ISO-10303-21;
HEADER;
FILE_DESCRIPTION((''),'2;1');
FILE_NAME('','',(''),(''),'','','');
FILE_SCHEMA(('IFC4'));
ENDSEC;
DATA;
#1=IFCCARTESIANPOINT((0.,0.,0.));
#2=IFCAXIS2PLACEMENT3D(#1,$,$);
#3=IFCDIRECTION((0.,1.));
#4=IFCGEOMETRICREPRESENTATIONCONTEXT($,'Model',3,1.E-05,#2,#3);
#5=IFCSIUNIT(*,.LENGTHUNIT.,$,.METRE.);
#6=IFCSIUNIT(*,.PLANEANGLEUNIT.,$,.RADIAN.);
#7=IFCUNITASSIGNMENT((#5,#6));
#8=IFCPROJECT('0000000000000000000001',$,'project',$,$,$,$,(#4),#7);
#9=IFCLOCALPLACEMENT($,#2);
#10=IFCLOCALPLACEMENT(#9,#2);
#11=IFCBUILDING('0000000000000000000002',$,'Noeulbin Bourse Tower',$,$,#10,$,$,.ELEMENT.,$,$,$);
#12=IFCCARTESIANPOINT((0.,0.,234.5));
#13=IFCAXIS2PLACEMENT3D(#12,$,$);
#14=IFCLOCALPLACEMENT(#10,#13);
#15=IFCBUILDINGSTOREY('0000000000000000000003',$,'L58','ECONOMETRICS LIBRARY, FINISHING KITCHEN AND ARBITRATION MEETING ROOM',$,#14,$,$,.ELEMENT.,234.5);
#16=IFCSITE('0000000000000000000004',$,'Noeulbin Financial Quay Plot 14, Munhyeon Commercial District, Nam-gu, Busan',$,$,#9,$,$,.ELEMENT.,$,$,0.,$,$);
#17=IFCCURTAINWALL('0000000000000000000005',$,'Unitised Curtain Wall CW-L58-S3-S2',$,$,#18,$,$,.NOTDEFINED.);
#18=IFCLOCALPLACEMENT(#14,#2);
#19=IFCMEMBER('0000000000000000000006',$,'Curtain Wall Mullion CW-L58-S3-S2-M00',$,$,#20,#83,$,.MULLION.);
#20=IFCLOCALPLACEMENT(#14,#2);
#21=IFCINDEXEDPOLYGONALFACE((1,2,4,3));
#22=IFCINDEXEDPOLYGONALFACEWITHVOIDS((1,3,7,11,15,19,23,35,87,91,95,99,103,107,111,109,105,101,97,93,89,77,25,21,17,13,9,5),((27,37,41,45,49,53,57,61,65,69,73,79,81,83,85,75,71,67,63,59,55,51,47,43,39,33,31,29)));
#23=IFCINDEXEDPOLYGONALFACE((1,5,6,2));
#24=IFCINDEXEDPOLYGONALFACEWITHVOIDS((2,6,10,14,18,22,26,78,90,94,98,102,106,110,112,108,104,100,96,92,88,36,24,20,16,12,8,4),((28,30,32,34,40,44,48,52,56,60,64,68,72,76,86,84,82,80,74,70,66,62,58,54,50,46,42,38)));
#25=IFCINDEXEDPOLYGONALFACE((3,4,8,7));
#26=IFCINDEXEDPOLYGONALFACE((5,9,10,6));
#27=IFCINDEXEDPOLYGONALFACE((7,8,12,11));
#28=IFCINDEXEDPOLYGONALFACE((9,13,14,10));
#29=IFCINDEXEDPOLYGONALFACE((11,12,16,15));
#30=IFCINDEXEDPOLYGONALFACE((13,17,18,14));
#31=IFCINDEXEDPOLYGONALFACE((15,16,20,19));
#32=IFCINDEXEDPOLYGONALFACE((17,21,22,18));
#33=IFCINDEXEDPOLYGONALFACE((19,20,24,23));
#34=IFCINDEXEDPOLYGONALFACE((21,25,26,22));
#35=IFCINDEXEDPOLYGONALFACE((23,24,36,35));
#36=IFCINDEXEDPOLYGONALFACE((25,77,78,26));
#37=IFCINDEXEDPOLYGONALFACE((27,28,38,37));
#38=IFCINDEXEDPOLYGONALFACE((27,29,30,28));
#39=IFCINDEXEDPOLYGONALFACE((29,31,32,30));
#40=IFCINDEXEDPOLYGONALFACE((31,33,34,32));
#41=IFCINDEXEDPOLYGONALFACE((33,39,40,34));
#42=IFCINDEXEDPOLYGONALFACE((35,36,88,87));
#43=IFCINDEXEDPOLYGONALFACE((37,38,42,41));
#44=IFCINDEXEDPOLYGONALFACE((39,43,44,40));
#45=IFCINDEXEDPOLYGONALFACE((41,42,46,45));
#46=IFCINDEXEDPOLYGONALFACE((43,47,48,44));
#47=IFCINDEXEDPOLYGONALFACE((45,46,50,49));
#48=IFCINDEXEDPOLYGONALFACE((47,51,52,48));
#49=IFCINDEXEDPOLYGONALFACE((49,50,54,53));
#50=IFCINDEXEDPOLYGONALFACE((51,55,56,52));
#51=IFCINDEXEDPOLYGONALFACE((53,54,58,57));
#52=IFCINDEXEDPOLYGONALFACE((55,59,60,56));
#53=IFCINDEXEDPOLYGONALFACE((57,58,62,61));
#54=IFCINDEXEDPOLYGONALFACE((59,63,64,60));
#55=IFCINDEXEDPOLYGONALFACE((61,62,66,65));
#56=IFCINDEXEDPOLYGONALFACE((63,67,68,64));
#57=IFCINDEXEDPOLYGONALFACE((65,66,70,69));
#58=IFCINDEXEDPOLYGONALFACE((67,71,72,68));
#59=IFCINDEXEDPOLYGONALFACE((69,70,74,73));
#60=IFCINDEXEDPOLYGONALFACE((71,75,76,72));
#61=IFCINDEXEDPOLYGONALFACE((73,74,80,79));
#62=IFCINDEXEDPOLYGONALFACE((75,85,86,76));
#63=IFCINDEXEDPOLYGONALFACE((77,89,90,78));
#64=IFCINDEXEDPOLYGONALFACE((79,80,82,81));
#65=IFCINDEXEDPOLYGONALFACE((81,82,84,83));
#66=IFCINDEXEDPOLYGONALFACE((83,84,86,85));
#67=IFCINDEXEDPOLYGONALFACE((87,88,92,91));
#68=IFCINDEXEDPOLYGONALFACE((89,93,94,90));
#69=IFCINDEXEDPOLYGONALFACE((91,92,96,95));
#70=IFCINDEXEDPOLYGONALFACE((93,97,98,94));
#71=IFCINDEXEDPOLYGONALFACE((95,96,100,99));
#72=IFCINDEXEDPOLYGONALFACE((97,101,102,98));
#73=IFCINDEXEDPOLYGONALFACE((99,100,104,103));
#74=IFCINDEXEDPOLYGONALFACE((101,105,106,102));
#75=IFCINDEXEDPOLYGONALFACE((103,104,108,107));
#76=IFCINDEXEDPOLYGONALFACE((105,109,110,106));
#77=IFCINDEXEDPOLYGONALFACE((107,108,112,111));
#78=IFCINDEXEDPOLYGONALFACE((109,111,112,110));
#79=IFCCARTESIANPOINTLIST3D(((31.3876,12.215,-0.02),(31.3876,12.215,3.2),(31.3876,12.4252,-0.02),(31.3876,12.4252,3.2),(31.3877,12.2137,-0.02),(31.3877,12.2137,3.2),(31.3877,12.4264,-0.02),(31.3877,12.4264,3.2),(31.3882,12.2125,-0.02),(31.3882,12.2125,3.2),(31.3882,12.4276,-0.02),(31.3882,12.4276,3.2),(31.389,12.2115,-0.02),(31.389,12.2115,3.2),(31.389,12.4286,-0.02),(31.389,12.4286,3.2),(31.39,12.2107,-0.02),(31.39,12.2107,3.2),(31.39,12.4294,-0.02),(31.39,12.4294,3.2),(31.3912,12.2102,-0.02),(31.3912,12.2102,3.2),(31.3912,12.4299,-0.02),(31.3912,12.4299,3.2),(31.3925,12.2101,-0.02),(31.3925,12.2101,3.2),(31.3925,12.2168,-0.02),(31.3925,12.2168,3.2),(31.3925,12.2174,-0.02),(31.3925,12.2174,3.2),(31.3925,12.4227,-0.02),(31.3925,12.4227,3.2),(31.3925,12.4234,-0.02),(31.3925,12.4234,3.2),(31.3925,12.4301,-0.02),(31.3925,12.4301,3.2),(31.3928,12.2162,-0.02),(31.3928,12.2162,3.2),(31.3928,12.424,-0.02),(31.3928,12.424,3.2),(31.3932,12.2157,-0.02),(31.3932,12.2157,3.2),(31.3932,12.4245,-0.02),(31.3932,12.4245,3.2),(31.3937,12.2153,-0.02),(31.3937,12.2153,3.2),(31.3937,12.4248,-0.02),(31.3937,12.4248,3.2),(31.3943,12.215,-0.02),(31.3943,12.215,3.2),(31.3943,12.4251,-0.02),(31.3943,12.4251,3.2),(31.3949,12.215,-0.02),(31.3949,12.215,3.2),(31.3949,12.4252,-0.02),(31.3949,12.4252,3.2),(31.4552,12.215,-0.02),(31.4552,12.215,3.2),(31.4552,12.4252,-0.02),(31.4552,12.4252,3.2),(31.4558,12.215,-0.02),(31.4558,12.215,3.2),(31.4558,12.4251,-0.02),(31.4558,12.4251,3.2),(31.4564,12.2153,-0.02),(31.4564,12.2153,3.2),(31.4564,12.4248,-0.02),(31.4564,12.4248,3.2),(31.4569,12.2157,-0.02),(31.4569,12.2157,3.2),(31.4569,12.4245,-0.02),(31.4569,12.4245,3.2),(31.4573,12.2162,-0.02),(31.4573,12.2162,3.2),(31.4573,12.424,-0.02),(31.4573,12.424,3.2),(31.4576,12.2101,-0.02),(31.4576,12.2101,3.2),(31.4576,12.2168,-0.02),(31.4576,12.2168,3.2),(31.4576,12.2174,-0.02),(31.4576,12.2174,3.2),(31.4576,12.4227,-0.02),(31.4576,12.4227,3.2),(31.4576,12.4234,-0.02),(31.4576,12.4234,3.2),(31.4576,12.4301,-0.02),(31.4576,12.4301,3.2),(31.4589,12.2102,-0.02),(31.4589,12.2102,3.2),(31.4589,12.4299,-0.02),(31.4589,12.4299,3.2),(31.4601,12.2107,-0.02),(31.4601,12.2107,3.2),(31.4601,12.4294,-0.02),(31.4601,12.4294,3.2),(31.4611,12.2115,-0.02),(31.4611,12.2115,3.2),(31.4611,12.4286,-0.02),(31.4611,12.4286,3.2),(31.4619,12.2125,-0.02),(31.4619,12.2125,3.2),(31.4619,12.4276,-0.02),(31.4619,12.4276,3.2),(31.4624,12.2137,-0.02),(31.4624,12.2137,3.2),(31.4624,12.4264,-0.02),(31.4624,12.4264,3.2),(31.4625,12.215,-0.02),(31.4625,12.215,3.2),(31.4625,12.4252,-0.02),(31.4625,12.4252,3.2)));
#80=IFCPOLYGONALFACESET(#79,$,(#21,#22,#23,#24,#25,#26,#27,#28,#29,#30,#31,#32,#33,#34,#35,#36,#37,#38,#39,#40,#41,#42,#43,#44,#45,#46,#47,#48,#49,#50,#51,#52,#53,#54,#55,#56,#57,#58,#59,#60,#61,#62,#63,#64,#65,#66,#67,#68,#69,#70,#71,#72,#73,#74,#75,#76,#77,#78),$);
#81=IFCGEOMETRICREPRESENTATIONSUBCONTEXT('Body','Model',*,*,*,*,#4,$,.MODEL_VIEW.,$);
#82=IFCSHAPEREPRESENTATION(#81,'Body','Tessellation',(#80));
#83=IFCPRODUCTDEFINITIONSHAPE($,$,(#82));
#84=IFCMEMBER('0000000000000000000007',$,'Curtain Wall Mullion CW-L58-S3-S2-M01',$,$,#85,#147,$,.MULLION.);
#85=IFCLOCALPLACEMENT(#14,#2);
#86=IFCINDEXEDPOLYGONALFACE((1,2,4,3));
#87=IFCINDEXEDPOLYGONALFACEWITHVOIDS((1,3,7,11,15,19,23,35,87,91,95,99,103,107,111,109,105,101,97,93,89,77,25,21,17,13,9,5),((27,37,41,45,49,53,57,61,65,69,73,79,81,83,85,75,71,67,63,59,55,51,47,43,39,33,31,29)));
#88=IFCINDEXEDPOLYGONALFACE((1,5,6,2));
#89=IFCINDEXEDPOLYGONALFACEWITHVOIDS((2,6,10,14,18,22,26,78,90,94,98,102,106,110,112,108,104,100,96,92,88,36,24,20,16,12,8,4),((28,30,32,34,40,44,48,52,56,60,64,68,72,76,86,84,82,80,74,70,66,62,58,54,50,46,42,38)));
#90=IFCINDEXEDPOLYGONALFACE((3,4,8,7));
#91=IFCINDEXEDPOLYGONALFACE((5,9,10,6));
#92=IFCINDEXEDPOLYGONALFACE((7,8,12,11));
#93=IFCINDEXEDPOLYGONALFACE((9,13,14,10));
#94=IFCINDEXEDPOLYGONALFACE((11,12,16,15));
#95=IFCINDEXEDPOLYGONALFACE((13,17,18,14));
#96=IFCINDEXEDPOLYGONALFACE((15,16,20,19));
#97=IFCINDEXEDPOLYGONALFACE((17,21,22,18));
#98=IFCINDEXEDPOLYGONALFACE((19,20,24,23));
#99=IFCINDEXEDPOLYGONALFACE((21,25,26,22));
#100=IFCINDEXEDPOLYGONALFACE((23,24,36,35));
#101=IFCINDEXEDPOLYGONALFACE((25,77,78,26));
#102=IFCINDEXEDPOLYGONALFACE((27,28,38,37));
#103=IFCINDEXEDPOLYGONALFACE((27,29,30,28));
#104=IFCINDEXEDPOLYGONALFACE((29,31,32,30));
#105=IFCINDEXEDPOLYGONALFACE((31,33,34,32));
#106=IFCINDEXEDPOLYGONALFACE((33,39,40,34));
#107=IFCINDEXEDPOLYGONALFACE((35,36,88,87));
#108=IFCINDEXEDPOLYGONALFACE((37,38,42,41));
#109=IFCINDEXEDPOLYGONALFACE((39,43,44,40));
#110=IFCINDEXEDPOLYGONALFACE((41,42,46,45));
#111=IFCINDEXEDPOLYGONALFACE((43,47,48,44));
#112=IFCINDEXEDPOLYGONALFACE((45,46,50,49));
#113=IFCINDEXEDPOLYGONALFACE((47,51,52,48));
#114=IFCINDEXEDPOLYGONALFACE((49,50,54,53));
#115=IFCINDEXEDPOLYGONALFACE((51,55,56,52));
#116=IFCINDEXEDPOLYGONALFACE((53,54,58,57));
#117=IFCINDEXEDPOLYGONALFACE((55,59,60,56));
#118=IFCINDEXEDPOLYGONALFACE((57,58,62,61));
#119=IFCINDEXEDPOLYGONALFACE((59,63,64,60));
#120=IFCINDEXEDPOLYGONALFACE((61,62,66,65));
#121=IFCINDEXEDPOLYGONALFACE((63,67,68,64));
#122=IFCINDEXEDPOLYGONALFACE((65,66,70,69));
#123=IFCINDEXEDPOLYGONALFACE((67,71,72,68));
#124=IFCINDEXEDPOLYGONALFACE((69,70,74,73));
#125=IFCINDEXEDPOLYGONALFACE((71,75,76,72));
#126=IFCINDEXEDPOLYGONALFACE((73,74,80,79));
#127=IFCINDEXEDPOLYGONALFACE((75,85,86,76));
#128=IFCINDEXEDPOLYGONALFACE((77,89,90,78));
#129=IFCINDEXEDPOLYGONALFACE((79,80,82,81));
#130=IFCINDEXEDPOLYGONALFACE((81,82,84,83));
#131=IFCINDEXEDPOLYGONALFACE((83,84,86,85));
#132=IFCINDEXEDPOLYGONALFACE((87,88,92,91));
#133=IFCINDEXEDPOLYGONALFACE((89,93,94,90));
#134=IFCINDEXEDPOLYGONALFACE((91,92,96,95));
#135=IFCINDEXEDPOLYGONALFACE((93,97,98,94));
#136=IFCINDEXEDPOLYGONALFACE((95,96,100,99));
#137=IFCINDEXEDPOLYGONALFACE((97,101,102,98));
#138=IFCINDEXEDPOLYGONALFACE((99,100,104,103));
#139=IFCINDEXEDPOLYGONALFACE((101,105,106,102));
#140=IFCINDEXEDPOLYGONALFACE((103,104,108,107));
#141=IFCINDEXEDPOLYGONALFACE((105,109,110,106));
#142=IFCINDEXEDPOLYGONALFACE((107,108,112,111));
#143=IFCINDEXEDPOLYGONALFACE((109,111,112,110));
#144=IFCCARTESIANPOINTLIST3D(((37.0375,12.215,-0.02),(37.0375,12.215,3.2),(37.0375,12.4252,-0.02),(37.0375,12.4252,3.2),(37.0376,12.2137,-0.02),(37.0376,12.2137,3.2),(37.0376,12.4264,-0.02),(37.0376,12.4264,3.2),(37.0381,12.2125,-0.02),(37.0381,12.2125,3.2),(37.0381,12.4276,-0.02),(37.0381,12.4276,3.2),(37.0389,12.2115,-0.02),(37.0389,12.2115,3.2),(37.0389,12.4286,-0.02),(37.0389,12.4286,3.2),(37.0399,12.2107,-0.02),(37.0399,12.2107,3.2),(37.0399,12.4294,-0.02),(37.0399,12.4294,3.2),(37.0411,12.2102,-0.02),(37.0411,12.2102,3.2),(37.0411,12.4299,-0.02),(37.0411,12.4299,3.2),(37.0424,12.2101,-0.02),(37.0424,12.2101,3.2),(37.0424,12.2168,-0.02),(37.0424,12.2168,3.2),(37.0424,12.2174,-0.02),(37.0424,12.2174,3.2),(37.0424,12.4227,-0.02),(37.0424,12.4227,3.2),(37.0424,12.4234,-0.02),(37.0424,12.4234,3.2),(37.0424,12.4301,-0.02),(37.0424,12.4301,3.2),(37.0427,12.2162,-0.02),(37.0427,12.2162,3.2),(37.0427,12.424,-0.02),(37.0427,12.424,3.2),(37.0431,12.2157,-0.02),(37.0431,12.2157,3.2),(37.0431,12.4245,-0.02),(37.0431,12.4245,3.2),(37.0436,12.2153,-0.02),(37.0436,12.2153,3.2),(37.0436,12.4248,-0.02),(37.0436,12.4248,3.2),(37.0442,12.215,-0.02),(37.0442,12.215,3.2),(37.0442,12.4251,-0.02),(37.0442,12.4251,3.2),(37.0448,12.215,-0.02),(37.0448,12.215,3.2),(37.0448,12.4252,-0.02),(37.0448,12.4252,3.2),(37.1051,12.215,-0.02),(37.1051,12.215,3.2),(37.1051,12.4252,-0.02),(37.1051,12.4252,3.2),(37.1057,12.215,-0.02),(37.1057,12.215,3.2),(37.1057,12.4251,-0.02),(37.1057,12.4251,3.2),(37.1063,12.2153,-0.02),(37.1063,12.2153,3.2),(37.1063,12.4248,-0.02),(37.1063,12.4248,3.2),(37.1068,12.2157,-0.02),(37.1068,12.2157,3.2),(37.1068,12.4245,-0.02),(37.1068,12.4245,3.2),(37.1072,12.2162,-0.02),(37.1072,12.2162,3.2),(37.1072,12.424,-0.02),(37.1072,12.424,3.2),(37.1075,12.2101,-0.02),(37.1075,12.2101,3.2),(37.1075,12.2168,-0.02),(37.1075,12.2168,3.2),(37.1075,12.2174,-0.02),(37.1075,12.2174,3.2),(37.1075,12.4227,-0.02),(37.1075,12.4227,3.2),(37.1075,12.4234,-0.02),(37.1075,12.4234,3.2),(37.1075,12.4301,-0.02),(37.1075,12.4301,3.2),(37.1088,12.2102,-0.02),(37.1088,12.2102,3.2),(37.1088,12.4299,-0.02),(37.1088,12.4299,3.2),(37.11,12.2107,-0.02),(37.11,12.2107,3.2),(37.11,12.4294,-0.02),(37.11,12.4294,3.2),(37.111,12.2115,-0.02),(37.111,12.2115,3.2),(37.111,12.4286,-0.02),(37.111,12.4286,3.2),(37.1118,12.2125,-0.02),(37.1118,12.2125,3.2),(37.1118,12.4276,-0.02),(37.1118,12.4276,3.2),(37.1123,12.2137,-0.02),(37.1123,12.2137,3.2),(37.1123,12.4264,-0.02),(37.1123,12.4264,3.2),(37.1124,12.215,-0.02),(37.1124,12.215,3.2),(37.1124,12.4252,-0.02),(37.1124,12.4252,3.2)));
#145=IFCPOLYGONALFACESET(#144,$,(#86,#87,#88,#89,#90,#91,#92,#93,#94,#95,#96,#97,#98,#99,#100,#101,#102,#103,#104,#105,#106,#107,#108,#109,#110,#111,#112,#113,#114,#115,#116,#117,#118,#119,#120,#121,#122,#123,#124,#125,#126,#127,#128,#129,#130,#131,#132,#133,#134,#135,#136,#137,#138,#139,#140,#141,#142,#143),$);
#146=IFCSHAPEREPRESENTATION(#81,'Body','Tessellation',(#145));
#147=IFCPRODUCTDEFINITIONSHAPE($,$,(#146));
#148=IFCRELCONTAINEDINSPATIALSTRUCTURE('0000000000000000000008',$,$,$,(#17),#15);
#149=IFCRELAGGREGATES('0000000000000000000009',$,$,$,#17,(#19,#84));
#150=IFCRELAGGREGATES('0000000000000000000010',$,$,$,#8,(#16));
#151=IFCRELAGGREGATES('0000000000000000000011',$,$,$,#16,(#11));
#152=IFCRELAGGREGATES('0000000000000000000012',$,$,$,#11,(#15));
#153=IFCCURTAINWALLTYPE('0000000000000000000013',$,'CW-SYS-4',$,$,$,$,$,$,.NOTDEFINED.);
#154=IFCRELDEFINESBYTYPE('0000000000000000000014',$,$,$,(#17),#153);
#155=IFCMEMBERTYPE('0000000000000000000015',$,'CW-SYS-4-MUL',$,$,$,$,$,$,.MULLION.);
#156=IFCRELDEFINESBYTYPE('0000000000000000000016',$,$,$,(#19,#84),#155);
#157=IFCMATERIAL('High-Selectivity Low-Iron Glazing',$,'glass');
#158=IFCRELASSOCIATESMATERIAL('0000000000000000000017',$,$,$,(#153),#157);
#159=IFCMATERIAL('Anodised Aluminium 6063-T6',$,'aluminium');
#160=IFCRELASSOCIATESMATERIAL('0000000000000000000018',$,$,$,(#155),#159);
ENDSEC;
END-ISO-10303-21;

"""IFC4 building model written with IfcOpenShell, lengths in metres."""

from ifc_helpers import new_model, si_unit, direction, frame, origin, origin_2d, place, context, subcontext, project, spatial, hollow_rectangle, extrude, material, material_profile, profile_set, type_object, element, aggregate, save


model = new_model("IFC4")

# Units and contexts
model_context = context("Model", 3, precision=1e-05, world=origin(), true_north=direction((0.0, 1.0)))
body_context = subcontext(model_context, "Body", "Model", "MODEL_VIEW")
ifc_project = project(units=[si_unit("LENGTHUNIT", "METRE"), si_unit("PLANEANGLEUNIT", "RADIAN")], contexts=[model_context])

# Site, building, storey
site_placement = place(None, origin())
site = spatial("IfcSite", under=ifc_project, at=site_placement, Name="Noeulbin Financial Quay Plot 14, Munhyeon Commercial District, Nam-gu, Busan", CompositionType="ELEMENT", RefElevation=0.0)
building_placement = place(site_placement, origin())
building = spatial("IfcBuilding", under=site, at=building_placement, Name="Noeulbin Bourse Tower", CompositionType="ELEMENT")
storey_placement = place(building_placement, frame((0.0, 0.0, 234.5)))
storey = spatial("IfcBuildingStorey", under=building, at=storey_placement, Name="L58", Description="ECONOMETRICS LIBRARY, FINISHING KITCHEN AND ARBITRATION MEETING ROOM", CompositionType="ELEMENT", Elevation=234.5)

# Curtain wall, members
ifc_material_1 = material(Name="High-Selectivity Low-Iron Glazing", Category="glass")
curtain_wall_type = type_object("IfcCurtainWallType", Name="CW-SYS-4", PredefinedType="NOTDEFINED", material=ifc_material_1)
curtain_wall_1_placement = place(storey_placement, origin())
curtain_wall_1 = element("IfcCurtainWall", 1, at=curtain_wall_1_placement, inside=storey, type_object=curtain_wall_type, Name="Unitised Curtain Wall CW-L58-S3-S2", PredefinedType="NOTDEFINED")
ifc_material_2 = material(Name="Anodised Aluminium 6063-T6", Category="aluminium")
ifc_material_profile_1 = material_profile(ifc_material_2, hollow_rectangle(XDim=0.075, YDim=0.22, WallThickness=0.0049, InnerFilletRadius=0.0024, OuterFilletRadius=0.0049, at=origin_2d()), Name="ALU-MULL-75x220x5", Category="LoadBearing")
ifc_profile_set_1 = profile_set([ifc_material_profile_1], Name="Anodised Aluminium 6063-T6")
member_type_1 = type_object("IfcMemberType", Name="CW-SYS-4-MUL", PredefinedType="MULLION", material=ifc_profile_set_1)
member_1_placement = place(storey_placement, frame((31.425, 12.3201, -0.02), z_axis=(0.0, 0.0, 1.0), x_axis=(1.0, 0.0, 0.0)))
member_1 = element("IfcMember", 2, at=member_1_placement, type_object=member_type_1, Name="Curtain Wall Mullion CW-L58-S3-S2-M00", PredefinedType="MULLION", context=body_context, shape_type="SweptSolid", body=[
    extrude(hollow_rectangle(XDim=0.075, YDim=0.22, WallThickness=0.0049, InnerFilletRadius=0.0024, OuterFilletRadius=0.0049, at=origin_2d()), origin(), (0.0, 0.0, 1.0), 3.22),
])
member_2_placement = place(storey_placement, frame((37.075, 12.3201, -0.02), z_axis=(0.0, 0.0, 1.0), x_axis=(1.0, 0.0, 0.0)))
member_2 = element("IfcMember", 3, at=member_2_placement, type_object=member_type_1, Name="Curtain Wall Mullion CW-L58-S3-S2-M01", PredefinedType="MULLION", context=body_context, shape_type="SweptSolid", body=[
    extrude(hollow_rectangle(XDim=0.075, YDim=0.22, WallThickness=0.0049, InnerFilletRadius=0.0024, OuterFilletRadius=0.0049, at=origin_2d()), origin(), (0.0, 0.0, 1.0), 3.22),
])

aggregate(curtain_wall_1, [member_1, member_2])

save(model, "model.ifc")
